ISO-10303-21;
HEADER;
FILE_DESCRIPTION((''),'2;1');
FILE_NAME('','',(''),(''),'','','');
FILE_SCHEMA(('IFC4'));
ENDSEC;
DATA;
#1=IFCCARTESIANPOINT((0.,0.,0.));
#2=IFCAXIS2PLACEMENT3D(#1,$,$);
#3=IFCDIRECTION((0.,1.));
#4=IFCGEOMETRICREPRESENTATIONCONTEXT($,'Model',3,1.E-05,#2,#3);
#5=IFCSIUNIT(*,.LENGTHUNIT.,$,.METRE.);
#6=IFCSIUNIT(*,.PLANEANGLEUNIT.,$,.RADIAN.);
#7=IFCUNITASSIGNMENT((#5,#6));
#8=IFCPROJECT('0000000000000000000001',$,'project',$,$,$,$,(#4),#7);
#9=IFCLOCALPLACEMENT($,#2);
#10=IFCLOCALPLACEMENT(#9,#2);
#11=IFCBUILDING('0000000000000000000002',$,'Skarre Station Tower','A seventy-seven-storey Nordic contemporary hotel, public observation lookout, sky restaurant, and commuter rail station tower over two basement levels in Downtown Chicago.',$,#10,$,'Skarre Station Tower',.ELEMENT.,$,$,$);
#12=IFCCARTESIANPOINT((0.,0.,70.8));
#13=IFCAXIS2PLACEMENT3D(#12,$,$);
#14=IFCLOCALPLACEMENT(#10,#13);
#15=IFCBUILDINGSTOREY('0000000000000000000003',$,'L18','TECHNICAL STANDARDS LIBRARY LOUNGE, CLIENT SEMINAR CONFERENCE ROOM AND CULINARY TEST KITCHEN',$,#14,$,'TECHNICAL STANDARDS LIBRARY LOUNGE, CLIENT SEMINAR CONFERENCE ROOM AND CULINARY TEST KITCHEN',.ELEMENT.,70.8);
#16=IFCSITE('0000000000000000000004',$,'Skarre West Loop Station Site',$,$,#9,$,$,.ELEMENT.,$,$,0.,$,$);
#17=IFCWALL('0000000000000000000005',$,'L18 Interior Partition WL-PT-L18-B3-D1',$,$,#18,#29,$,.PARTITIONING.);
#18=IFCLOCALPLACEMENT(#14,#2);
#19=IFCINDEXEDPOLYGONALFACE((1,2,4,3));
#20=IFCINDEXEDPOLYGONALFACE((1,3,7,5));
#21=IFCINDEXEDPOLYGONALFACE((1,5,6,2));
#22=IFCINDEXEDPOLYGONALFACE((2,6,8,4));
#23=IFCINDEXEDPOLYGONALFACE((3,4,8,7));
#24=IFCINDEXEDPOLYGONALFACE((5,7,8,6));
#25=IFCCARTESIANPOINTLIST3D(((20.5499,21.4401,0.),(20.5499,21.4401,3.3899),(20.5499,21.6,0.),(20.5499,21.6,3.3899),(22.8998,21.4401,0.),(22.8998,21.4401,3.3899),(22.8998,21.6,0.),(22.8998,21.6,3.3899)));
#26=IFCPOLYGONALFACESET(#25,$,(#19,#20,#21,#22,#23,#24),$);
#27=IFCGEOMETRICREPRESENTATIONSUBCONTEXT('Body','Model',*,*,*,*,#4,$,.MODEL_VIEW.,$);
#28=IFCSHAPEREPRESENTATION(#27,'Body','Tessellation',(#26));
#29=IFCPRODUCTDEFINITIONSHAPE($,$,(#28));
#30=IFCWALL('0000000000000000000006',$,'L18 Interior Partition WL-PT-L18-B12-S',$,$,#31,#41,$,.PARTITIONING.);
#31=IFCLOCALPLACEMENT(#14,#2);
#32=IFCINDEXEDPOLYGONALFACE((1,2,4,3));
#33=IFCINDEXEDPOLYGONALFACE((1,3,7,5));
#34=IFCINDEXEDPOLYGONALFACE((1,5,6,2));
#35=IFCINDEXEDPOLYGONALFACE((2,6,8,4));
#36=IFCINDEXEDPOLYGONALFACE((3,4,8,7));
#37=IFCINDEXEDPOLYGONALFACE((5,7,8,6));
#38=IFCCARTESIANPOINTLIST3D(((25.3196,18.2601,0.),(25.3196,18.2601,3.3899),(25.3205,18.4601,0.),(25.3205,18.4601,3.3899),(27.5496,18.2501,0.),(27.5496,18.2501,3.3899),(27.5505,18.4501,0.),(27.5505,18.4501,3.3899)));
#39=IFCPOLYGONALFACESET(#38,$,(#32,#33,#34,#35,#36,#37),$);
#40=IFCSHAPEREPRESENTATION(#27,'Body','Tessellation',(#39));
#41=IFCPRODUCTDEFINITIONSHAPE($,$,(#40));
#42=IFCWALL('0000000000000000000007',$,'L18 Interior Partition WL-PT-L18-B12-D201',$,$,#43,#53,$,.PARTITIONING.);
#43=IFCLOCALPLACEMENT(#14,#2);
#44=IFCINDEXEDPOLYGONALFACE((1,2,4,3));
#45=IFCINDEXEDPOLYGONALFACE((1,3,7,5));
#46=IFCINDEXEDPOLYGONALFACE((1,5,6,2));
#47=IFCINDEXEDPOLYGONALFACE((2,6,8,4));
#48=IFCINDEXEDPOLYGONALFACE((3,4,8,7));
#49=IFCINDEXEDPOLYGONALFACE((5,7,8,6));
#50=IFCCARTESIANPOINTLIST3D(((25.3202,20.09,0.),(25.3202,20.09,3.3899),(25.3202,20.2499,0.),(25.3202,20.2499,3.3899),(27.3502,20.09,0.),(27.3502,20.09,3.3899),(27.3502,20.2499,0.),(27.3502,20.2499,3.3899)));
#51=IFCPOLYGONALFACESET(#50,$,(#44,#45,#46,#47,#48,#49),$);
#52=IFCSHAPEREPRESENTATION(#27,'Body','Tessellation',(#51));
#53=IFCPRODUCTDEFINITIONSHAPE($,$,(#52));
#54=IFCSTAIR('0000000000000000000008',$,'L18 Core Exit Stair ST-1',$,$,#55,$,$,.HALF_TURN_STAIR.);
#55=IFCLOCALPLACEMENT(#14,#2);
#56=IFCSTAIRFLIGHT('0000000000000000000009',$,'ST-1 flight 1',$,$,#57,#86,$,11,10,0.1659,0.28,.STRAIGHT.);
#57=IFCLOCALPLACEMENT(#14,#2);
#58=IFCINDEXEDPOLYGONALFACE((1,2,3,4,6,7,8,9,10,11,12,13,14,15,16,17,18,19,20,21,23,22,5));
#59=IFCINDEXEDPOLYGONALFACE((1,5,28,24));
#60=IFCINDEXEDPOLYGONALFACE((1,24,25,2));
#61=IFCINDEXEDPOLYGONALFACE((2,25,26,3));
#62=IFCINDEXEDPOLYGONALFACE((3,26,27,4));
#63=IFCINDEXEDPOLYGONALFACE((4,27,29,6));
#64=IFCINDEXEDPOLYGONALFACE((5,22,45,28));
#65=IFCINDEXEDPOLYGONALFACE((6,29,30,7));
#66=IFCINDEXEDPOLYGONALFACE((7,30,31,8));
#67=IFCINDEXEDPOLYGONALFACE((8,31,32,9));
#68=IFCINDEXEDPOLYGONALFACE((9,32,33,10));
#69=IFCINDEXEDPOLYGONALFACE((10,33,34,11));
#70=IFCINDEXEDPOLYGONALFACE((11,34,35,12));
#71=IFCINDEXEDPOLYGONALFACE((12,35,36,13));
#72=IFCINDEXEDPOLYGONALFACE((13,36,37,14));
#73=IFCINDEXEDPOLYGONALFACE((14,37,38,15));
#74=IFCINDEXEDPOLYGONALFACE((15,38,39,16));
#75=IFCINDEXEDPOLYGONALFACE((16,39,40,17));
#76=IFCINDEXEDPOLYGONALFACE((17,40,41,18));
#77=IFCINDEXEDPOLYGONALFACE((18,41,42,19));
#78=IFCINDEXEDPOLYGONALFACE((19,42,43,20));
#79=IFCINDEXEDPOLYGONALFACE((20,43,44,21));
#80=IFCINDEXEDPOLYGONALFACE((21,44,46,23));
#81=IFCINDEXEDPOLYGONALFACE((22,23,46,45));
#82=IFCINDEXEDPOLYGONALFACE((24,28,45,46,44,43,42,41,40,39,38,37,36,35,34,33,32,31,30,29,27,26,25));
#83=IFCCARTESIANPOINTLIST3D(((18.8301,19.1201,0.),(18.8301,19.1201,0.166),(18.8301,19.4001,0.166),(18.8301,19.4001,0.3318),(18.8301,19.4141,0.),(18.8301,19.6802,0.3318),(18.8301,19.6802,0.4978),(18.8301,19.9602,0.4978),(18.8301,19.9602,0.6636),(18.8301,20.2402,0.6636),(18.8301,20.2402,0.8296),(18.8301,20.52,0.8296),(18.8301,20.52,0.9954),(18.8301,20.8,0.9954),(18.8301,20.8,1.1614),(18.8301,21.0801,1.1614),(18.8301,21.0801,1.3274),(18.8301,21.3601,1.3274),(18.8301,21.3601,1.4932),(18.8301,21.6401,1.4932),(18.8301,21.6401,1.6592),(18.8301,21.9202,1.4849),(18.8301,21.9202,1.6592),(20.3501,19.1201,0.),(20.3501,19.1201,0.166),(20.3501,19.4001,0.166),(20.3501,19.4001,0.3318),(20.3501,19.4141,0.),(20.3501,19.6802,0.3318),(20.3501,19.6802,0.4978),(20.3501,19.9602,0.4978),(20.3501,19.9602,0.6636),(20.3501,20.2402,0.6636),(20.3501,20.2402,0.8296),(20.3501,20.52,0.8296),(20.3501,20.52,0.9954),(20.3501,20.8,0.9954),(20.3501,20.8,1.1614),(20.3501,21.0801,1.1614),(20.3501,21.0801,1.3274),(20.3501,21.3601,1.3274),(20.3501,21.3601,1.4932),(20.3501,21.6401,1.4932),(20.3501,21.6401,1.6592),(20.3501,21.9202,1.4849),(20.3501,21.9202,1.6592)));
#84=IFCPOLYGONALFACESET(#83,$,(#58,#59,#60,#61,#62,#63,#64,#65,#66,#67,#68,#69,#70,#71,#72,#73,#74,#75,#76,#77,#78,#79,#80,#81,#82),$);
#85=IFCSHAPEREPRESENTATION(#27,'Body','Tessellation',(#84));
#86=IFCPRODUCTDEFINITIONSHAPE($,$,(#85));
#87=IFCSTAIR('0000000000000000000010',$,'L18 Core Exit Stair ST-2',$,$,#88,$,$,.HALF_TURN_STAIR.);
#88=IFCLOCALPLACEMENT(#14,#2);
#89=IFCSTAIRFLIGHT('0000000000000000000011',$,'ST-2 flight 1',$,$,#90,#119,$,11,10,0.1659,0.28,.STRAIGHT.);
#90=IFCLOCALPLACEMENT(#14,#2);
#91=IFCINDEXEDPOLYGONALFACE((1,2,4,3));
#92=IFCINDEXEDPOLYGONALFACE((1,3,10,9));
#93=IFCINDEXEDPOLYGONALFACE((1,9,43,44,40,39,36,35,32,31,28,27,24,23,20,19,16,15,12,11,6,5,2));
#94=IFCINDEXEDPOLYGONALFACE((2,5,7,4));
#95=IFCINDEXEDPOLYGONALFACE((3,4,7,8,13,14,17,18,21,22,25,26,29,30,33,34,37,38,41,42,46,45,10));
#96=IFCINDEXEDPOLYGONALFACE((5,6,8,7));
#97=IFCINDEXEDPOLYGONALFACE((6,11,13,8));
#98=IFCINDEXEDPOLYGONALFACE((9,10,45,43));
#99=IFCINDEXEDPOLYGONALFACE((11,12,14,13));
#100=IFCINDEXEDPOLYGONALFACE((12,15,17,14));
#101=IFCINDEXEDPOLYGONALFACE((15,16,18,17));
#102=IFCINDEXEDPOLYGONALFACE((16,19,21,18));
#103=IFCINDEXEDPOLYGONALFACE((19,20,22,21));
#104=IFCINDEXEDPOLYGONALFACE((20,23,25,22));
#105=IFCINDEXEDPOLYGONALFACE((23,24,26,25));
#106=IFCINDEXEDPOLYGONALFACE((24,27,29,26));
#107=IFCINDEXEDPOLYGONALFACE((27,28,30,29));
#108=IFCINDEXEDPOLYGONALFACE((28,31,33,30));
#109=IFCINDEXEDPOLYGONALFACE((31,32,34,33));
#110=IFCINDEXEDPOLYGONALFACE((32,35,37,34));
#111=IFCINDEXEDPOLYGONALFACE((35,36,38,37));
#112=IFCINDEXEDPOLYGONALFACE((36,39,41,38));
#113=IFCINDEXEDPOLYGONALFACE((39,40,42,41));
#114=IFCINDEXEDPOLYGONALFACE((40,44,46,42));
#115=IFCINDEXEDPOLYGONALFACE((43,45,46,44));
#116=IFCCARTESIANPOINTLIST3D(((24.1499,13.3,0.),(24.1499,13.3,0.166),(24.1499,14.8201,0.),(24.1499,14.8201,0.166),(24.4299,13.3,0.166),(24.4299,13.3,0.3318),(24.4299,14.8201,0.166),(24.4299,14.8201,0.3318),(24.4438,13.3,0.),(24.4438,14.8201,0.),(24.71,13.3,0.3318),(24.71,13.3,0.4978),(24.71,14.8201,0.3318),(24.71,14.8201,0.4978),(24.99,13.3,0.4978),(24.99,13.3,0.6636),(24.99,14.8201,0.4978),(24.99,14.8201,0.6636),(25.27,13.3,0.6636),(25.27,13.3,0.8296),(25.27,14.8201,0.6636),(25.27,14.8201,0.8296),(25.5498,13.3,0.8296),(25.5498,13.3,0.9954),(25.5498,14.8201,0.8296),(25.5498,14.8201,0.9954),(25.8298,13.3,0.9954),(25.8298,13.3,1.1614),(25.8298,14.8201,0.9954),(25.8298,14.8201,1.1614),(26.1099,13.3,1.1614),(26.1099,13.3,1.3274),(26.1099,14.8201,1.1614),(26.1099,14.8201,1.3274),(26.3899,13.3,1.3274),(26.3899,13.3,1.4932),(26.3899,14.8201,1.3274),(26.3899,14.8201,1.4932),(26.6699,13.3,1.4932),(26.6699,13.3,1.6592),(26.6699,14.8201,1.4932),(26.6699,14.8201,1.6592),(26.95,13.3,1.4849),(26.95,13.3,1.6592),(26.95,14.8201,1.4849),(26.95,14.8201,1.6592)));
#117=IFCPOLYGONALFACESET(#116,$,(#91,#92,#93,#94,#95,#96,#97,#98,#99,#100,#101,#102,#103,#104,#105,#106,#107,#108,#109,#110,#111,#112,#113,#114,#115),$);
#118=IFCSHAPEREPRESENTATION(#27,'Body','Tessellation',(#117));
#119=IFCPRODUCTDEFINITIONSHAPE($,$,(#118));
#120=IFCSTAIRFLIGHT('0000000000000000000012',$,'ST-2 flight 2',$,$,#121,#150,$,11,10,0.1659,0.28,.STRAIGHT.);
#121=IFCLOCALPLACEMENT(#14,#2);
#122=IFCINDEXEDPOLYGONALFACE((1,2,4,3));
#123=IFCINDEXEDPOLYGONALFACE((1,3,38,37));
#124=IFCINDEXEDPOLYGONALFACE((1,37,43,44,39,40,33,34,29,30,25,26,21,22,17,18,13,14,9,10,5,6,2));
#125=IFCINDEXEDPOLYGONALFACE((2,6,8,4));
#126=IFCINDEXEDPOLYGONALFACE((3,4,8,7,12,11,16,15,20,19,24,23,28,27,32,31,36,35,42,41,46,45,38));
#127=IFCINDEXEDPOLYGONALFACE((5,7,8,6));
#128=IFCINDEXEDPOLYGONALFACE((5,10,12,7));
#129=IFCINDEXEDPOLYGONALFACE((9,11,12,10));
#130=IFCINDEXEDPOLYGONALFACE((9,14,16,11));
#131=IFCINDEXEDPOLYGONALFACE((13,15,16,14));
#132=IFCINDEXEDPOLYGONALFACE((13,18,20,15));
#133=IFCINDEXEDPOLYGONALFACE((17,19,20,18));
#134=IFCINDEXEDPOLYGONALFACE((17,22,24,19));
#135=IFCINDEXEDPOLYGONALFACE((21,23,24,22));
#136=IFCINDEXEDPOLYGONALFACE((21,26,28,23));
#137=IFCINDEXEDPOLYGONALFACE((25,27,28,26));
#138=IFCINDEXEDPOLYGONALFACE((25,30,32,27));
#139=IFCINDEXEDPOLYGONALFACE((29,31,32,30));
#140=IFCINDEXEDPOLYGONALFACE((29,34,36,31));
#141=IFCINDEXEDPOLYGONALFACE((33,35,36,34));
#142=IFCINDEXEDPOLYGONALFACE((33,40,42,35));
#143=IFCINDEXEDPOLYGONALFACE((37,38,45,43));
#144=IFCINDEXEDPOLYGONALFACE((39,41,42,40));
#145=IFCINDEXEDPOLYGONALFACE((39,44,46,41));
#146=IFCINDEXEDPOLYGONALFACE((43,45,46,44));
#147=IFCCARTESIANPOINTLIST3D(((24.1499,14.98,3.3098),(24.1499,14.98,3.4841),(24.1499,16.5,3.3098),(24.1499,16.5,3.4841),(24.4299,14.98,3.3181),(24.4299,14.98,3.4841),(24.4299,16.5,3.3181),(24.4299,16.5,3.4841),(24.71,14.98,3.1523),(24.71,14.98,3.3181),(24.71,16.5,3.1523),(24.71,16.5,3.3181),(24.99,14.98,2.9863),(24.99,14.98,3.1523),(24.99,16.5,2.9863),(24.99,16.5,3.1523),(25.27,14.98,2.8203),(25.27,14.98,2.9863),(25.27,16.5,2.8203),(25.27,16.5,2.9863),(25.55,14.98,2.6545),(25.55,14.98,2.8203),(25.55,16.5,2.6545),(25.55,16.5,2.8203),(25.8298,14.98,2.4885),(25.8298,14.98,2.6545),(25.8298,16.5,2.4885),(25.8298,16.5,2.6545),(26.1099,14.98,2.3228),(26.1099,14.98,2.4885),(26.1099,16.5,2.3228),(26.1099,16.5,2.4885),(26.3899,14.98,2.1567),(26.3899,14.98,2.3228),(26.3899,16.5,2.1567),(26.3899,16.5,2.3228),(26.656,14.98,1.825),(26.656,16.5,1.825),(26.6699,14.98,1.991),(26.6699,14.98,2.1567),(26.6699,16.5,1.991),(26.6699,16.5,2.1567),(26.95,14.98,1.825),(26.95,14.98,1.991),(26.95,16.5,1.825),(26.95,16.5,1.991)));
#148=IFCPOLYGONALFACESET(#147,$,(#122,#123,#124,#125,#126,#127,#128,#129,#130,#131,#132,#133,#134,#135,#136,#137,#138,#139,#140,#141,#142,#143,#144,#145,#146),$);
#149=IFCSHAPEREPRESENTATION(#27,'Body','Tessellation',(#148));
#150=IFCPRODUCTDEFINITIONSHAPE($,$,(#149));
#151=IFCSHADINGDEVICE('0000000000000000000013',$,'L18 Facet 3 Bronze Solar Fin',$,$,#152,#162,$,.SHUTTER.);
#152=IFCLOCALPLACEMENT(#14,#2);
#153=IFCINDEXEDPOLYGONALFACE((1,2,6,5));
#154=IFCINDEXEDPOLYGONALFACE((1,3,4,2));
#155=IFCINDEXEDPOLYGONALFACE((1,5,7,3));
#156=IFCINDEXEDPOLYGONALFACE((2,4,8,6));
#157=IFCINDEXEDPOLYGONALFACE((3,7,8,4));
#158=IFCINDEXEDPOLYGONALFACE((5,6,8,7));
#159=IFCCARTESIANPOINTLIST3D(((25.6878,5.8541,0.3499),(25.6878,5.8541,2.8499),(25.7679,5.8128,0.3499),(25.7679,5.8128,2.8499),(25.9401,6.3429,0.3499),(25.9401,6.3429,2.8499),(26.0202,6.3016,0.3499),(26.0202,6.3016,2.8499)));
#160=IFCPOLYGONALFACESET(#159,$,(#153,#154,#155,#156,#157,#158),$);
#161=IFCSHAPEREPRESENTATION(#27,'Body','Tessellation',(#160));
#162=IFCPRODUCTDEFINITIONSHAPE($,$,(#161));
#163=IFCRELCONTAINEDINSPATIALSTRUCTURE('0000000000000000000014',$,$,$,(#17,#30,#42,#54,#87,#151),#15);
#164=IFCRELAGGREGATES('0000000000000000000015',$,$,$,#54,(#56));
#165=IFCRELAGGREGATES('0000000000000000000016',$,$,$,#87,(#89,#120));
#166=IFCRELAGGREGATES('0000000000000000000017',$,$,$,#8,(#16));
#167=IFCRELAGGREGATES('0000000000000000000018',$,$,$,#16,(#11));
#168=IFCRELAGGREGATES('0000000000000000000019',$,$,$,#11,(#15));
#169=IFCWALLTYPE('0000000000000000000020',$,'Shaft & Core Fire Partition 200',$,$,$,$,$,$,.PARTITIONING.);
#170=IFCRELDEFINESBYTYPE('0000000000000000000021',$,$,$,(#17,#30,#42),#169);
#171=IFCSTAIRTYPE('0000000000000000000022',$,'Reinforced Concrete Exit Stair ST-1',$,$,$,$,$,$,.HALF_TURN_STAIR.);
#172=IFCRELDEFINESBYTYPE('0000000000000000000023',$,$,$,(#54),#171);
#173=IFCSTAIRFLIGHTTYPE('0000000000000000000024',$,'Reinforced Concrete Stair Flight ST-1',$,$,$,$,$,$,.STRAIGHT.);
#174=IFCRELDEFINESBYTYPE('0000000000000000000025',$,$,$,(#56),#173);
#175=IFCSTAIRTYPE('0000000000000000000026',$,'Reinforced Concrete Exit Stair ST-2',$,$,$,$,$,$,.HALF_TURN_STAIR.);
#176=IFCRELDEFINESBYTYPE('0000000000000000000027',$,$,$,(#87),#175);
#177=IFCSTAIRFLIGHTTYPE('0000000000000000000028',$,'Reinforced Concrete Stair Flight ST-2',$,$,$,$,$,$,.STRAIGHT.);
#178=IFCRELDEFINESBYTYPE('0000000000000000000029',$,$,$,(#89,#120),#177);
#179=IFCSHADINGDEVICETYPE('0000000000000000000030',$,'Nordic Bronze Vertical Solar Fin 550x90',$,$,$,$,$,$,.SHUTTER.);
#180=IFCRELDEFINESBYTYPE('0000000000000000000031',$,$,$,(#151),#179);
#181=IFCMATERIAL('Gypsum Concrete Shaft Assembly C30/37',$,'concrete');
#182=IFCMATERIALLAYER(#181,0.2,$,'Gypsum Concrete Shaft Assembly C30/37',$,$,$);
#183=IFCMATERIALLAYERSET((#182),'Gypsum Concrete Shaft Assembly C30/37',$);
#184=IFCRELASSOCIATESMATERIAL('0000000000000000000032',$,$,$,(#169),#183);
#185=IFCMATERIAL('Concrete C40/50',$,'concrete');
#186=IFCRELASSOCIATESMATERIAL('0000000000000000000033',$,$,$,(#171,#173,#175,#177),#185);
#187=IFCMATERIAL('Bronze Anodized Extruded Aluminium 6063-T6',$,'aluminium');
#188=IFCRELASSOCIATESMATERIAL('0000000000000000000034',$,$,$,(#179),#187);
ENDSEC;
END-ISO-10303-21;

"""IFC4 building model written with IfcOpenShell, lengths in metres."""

from ifc_helpers import new_model, si_unit, direction, frame, frame_2d, origin, origin_2d, place, context, subcontext, project, spatial, polyline, rectangle, outline, extrude, material, layer, layer_set, type_object, element, aggregate, save


model = new_model("IFC4")

# Units and contexts
model_context = context("Model", 3, precision=1e-05, world=origin(), true_north=direction((0.0, 1.0)))
body_context = subcontext(model_context, "Body", "Model", "MODEL_VIEW")
ifc_project = project(units=[si_unit("LENGTHUNIT", "METRE"), si_unit("PLANEANGLEUNIT", "RADIAN")], contexts=[model_context])

# Site, building, storey
site_placement = place(None, origin())
site = spatial("IfcSite", under=ifc_project, at=site_placement, Name="Skarre West Loop Station Site", CompositionType="ELEMENT", RefElevation=0.0)
building_placement = place(site_placement, origin())
building = spatial("IfcBuilding", under=site, at=building_placement, Name="Skarre Station Tower", Description="A seventy-seven-storey Nordic contemporary hotel, public observation lookout, sky restaurant, and commuter rail station tower over two basement levels in Downtown Chicago.", LongName="Skarre Station Tower", CompositionType="ELEMENT")
storey_placement = place(building_placement, frame((0.0, 0.0, 70.8)))
storey = spatial("IfcBuildingStorey", under=building, at=storey_placement, Name="L18", Description="TECHNICAL STANDARDS LIBRARY LOUNGE, CLIENT SEMINAR CONFERENCE ROOM AND CULINARY TEST KITCHEN", LongName="TECHNICAL STANDARDS LIBRARY LOUNGE, CLIENT SEMINAR CONFERENCE ROOM AND CULINARY TEST KITCHEN", CompositionType="ELEMENT", Elevation=70.8)

# Walls
ifc_material_1 = material(Name="Gypsum Concrete Shaft Assembly C30/37", Category="concrete")
ifc_layer_1 = layer(ifc_material_1, 0.2, Name="Gypsum Concrete Shaft Assembly C30/37")
ifc_layer_set_1 = layer_set([ifc_layer_1], Name="Gypsum Concrete Shaft Assembly C30/37")
wall_type_1 = type_object("IfcWallType", Name="Shaft & Core Fire Partition 200", PredefinedType="PARTITIONING", material=ifc_layer_set_1)
wall_1_placement = place(storey_placement, frame((20.55, 21.52, 0.0), z_axis=(0.0, 0.0, 1.0), x_axis=(1.0, 0.0, 0.0)))
element("IfcWall", 1, at=wall_1_placement, inside=storey, type_object=wall_type_1, Name="L18 Interior Partition WL-PT-L18-B3-D1", PredefinedType="PARTITIONING", context=body_context, shape_type="SweptSolid", body=[
    extrude(rectangle(XDim=2.3499, YDim=0.1599, at=frame_2d((1.1748, 0.0))), origin(), (0.0, 0.0, 1.0), 3.3899),
])
wall_2_placement = place(storey_placement, frame((25.3201, 18.3601, 0.0), z_axis=(0.0, 0.0, 1.0), x_axis=(0.99999, -0.004489, 0.0)))
element("IfcWall", 2, at=wall_2_placement, inside=storey, type_object=wall_type_1, Name="L18 Interior Partition WL-PT-L18-B12-S", PredefinedType="PARTITIONING", context=body_context, shape_type="SweptSolid", body=[
    extrude(rectangle(XDim=2.23, YDim=0.2, at=frame_2d((1.115, 0.0))), origin(), (0.0, 0.0, 1.0), 3.3899),
])
wall_3_placement = place(storey_placement, frame((25.3201, 20.1699, 0.0), z_axis=(0.0, 0.0, 1.0), x_axis=(1.0, 0.0, 0.0)))
element("IfcWall", 3, at=wall_3_placement, inside=storey, type_object=wall_type_1, Name="L18 Interior Partition WL-PT-L18-B12-D201", PredefinedType="PARTITIONING", context=body_context, shape_type="SweptSolid", body=[
    extrude(rectangle(XDim=2.03, YDim=0.1599, at=frame_2d((1.0151, 0.0))), origin(), (0.0, 0.0, 1.0), 3.3899),
])

# Stair, stair flight
ifc_material_2 = material(Name="Concrete C40/50", Category="concrete")
stair_type_1 = type_object("IfcStairType", Name="Reinforced Concrete Exit Stair ST-1", PredefinedType="HALF_TURN_STAIR", material=ifc_material_2)
stair_1_placement = place(storey_placement, origin())
stair_1 = element("IfcStair", 4, at=stair_1_placement, inside=storey, type_object=stair_type_1, Name="L18 Core Exit Stair ST-1", PredefinedType="HALF_TURN_STAIR")
stair_flight_type_1 = type_object("IfcStairFlightType", Name="Reinforced Concrete Stair Flight ST-1", PredefinedType="STRAIGHT", material=ifc_material_2)
stair_flight_1_placement = place(storey_placement, frame((19.5901, 19.1201, 0.0), z_axis=(0.0, 0.0, 1.0), x_axis=(0.0, 1.0, 0.0)))
stair_flight_1 = element("IfcStairFlight", 5, at=stair_flight_1_placement, type_object=stair_flight_type_1, Name="ST-1 flight 1", NumberOfRisers=11, NumberOfTreads=10, PredefinedType="STRAIGHT", RiserHeight=0.1659, TreadLength=0.28, context=body_context, shape_type="SweptSolid", body=[
    extrude(outline(polyline([(0.0, 0.0), (0.0, 0.166), (0.28, 0.166), (0.28, 0.3318), (0.5601, 0.3318), (0.5601, 0.4978), (0.8401, 0.4978), (0.8401, 0.6636), (1.1201, 0.6636), (1.1201, 0.8296), (1.3999, 0.8296), (1.3999, 0.9954), (1.6799, 0.9954), (1.6799, 1.1614), (1.96, 1.1614), (1.96, 1.3274), (2.24, 1.3274), (2.24, 1.4932), (2.52, 1.4932), (2.52, 1.6592), (2.8, 1.6592), (2.8, 1.825), (2.8, 1.4849), (0.2939, 0.0), (0.0, 0.0)])), frame((0.0, 0.76, 0.0), z_axis=(0.0, -1.0, 0.0), x_axis=(1.0, 0.0, 0.0)), (0.0, 0.0, 1.0), 1.52),
])
aggregate(stair_1, [stair_flight_1])

# Stair, stair flights
stair_type_2 = type_object("IfcStairType", Name="Reinforced Concrete Exit Stair ST-2", PredefinedType="HALF_TURN_STAIR", material=ifc_material_2)
stair_2_placement = place(storey_placement, origin())
stair_2 = element("IfcStair", 6, at=stair_2_placement, inside=storey, type_object=stair_type_2, Name="L18 Core Exit Stair ST-2", PredefinedType="HALF_TURN_STAIR")
stair_flight_type_2 = type_object("IfcStairFlightType", Name="Reinforced Concrete Stair Flight ST-2", PredefinedType="STRAIGHT", material=ifc_material_2)
stair_flight_2_placement = place(storey_placement, frame((24.1499, 14.0601, 0.0), z_axis=(0.0, 0.0, 1.0), x_axis=(1.0, 0.0, 0.0)))
stair_flight_2 = element("IfcStairFlight", 7, at=stair_flight_2_placement, type_object=stair_flight_type_2, Name="ST-2 flight 1", NumberOfRisers=11, NumberOfTreads=10, PredefinedType="STRAIGHT", RiserHeight=0.1659, TreadLength=0.28, context=body_context, shape_type="SweptSolid", body=[
    extrude(outline(polyline([(0.0, 0.0), (0.0, 0.166), (0.28, 0.166), (0.28, 0.3318), (0.5601, 0.3318), (0.5601, 0.4978), (0.8401, 0.4978), (0.8401, 0.6636), (1.1201, 0.6636), (1.1201, 0.8296), (1.3999, 0.8296), (1.3999, 0.9954), (1.6799, 0.9954), (1.6799, 1.1614), (1.96, 1.1614), (1.96, 1.3274), (2.24, 1.3274), (2.24, 1.4932), (2.52, 1.4932), (2.52, 1.6592), (2.8, 1.6592), (2.8, 1.825), (2.8, 1.4849), (0.2939, 0.0), (0.0, 0.0)])), frame((0.0, 0.76, 0.0), z_axis=(0.0, -1.0, 0.0), x_axis=(1.0, 0.0, 0.0)), (0.0, 0.0, 1.0), 1.52),
])
stair_flight_3_placement = place(storey_placement, frame((26.95, 15.74, 1.825), z_axis=(0.0, 0.0, 1.0), x_axis=(-1.0, 0.0, 0.0)))
stair_flight_3 = element("IfcStairFlight", 8, at=stair_flight_3_placement, type_object=stair_flight_type_2, Name="ST-2 flight 2", NumberOfRisers=11, NumberOfTreads=10, PredefinedType="STRAIGHT", RiserHeight=0.1659, TreadLength=0.28, context=body_context, shape_type="SweptSolid", body=[
    extrude(outline(polyline([(0.0, 0.0), (0.0, 0.166), (0.28, 0.166), (0.28, 0.3318), (0.5601, 0.3318), (0.5601, 0.4978), (0.8401, 0.4978), (0.8401, 0.6636), (1.1201, 0.6636), (1.1201, 0.8296), (1.3999, 0.8296), (1.3999, 0.9954), (1.6799, 0.9954), (1.6799, 1.1614), (1.96, 1.1614), (1.96, 1.3274), (2.24, 1.3274), (2.24, 1.4932), (2.52, 1.4932), (2.52, 1.6592), (2.8, 1.6592), (2.8, 1.825), (2.8, 1.4849), (0.2939, 0.0), (0.0, 0.0)])), frame((0.0, 0.76, 0.0), z_axis=(0.0, -1.0, 0.0), x_axis=(1.0, 0.0, 0.0)), (0.0, 0.0, 1.0), 1.52),
])
aggregate(stair_2, [stair_flight_2, stair_flight_3])

# Shading device
ifc_material_3 = material(Name="Bronze Anodized Extruded Aluminium 6063-T6", Category="aluminium")
shading_device_type = type_object("IfcShadingDeviceType", Name="Nordic Bronze Vertical Solar Fin 550x90", PredefinedType="SHUTTER", material=ifc_material_3)
shading_device_placement = place(storey_placement, frame((25.854, 6.0779, 0.3499), z_axis=(0.0, 0.0, 1.0), x_axis=(-0.458619, -0.888633, 0.0)))
element("IfcShadingDevice", 9, at=shading_device_placement, inside=storey, type_object=shading_device_type, Name="L18 Facet 3 Bronze Solar Fin", PredefinedType="SHUTTER", context=body_context, shape_type="SweptSolid", body=[
    extrude(rectangle(XDim=0.55, YDim=0.0901, at=origin_2d()), origin(), (0.0, 0.0, 1.0), 2.5),
])

save(model, "model.ifc")
